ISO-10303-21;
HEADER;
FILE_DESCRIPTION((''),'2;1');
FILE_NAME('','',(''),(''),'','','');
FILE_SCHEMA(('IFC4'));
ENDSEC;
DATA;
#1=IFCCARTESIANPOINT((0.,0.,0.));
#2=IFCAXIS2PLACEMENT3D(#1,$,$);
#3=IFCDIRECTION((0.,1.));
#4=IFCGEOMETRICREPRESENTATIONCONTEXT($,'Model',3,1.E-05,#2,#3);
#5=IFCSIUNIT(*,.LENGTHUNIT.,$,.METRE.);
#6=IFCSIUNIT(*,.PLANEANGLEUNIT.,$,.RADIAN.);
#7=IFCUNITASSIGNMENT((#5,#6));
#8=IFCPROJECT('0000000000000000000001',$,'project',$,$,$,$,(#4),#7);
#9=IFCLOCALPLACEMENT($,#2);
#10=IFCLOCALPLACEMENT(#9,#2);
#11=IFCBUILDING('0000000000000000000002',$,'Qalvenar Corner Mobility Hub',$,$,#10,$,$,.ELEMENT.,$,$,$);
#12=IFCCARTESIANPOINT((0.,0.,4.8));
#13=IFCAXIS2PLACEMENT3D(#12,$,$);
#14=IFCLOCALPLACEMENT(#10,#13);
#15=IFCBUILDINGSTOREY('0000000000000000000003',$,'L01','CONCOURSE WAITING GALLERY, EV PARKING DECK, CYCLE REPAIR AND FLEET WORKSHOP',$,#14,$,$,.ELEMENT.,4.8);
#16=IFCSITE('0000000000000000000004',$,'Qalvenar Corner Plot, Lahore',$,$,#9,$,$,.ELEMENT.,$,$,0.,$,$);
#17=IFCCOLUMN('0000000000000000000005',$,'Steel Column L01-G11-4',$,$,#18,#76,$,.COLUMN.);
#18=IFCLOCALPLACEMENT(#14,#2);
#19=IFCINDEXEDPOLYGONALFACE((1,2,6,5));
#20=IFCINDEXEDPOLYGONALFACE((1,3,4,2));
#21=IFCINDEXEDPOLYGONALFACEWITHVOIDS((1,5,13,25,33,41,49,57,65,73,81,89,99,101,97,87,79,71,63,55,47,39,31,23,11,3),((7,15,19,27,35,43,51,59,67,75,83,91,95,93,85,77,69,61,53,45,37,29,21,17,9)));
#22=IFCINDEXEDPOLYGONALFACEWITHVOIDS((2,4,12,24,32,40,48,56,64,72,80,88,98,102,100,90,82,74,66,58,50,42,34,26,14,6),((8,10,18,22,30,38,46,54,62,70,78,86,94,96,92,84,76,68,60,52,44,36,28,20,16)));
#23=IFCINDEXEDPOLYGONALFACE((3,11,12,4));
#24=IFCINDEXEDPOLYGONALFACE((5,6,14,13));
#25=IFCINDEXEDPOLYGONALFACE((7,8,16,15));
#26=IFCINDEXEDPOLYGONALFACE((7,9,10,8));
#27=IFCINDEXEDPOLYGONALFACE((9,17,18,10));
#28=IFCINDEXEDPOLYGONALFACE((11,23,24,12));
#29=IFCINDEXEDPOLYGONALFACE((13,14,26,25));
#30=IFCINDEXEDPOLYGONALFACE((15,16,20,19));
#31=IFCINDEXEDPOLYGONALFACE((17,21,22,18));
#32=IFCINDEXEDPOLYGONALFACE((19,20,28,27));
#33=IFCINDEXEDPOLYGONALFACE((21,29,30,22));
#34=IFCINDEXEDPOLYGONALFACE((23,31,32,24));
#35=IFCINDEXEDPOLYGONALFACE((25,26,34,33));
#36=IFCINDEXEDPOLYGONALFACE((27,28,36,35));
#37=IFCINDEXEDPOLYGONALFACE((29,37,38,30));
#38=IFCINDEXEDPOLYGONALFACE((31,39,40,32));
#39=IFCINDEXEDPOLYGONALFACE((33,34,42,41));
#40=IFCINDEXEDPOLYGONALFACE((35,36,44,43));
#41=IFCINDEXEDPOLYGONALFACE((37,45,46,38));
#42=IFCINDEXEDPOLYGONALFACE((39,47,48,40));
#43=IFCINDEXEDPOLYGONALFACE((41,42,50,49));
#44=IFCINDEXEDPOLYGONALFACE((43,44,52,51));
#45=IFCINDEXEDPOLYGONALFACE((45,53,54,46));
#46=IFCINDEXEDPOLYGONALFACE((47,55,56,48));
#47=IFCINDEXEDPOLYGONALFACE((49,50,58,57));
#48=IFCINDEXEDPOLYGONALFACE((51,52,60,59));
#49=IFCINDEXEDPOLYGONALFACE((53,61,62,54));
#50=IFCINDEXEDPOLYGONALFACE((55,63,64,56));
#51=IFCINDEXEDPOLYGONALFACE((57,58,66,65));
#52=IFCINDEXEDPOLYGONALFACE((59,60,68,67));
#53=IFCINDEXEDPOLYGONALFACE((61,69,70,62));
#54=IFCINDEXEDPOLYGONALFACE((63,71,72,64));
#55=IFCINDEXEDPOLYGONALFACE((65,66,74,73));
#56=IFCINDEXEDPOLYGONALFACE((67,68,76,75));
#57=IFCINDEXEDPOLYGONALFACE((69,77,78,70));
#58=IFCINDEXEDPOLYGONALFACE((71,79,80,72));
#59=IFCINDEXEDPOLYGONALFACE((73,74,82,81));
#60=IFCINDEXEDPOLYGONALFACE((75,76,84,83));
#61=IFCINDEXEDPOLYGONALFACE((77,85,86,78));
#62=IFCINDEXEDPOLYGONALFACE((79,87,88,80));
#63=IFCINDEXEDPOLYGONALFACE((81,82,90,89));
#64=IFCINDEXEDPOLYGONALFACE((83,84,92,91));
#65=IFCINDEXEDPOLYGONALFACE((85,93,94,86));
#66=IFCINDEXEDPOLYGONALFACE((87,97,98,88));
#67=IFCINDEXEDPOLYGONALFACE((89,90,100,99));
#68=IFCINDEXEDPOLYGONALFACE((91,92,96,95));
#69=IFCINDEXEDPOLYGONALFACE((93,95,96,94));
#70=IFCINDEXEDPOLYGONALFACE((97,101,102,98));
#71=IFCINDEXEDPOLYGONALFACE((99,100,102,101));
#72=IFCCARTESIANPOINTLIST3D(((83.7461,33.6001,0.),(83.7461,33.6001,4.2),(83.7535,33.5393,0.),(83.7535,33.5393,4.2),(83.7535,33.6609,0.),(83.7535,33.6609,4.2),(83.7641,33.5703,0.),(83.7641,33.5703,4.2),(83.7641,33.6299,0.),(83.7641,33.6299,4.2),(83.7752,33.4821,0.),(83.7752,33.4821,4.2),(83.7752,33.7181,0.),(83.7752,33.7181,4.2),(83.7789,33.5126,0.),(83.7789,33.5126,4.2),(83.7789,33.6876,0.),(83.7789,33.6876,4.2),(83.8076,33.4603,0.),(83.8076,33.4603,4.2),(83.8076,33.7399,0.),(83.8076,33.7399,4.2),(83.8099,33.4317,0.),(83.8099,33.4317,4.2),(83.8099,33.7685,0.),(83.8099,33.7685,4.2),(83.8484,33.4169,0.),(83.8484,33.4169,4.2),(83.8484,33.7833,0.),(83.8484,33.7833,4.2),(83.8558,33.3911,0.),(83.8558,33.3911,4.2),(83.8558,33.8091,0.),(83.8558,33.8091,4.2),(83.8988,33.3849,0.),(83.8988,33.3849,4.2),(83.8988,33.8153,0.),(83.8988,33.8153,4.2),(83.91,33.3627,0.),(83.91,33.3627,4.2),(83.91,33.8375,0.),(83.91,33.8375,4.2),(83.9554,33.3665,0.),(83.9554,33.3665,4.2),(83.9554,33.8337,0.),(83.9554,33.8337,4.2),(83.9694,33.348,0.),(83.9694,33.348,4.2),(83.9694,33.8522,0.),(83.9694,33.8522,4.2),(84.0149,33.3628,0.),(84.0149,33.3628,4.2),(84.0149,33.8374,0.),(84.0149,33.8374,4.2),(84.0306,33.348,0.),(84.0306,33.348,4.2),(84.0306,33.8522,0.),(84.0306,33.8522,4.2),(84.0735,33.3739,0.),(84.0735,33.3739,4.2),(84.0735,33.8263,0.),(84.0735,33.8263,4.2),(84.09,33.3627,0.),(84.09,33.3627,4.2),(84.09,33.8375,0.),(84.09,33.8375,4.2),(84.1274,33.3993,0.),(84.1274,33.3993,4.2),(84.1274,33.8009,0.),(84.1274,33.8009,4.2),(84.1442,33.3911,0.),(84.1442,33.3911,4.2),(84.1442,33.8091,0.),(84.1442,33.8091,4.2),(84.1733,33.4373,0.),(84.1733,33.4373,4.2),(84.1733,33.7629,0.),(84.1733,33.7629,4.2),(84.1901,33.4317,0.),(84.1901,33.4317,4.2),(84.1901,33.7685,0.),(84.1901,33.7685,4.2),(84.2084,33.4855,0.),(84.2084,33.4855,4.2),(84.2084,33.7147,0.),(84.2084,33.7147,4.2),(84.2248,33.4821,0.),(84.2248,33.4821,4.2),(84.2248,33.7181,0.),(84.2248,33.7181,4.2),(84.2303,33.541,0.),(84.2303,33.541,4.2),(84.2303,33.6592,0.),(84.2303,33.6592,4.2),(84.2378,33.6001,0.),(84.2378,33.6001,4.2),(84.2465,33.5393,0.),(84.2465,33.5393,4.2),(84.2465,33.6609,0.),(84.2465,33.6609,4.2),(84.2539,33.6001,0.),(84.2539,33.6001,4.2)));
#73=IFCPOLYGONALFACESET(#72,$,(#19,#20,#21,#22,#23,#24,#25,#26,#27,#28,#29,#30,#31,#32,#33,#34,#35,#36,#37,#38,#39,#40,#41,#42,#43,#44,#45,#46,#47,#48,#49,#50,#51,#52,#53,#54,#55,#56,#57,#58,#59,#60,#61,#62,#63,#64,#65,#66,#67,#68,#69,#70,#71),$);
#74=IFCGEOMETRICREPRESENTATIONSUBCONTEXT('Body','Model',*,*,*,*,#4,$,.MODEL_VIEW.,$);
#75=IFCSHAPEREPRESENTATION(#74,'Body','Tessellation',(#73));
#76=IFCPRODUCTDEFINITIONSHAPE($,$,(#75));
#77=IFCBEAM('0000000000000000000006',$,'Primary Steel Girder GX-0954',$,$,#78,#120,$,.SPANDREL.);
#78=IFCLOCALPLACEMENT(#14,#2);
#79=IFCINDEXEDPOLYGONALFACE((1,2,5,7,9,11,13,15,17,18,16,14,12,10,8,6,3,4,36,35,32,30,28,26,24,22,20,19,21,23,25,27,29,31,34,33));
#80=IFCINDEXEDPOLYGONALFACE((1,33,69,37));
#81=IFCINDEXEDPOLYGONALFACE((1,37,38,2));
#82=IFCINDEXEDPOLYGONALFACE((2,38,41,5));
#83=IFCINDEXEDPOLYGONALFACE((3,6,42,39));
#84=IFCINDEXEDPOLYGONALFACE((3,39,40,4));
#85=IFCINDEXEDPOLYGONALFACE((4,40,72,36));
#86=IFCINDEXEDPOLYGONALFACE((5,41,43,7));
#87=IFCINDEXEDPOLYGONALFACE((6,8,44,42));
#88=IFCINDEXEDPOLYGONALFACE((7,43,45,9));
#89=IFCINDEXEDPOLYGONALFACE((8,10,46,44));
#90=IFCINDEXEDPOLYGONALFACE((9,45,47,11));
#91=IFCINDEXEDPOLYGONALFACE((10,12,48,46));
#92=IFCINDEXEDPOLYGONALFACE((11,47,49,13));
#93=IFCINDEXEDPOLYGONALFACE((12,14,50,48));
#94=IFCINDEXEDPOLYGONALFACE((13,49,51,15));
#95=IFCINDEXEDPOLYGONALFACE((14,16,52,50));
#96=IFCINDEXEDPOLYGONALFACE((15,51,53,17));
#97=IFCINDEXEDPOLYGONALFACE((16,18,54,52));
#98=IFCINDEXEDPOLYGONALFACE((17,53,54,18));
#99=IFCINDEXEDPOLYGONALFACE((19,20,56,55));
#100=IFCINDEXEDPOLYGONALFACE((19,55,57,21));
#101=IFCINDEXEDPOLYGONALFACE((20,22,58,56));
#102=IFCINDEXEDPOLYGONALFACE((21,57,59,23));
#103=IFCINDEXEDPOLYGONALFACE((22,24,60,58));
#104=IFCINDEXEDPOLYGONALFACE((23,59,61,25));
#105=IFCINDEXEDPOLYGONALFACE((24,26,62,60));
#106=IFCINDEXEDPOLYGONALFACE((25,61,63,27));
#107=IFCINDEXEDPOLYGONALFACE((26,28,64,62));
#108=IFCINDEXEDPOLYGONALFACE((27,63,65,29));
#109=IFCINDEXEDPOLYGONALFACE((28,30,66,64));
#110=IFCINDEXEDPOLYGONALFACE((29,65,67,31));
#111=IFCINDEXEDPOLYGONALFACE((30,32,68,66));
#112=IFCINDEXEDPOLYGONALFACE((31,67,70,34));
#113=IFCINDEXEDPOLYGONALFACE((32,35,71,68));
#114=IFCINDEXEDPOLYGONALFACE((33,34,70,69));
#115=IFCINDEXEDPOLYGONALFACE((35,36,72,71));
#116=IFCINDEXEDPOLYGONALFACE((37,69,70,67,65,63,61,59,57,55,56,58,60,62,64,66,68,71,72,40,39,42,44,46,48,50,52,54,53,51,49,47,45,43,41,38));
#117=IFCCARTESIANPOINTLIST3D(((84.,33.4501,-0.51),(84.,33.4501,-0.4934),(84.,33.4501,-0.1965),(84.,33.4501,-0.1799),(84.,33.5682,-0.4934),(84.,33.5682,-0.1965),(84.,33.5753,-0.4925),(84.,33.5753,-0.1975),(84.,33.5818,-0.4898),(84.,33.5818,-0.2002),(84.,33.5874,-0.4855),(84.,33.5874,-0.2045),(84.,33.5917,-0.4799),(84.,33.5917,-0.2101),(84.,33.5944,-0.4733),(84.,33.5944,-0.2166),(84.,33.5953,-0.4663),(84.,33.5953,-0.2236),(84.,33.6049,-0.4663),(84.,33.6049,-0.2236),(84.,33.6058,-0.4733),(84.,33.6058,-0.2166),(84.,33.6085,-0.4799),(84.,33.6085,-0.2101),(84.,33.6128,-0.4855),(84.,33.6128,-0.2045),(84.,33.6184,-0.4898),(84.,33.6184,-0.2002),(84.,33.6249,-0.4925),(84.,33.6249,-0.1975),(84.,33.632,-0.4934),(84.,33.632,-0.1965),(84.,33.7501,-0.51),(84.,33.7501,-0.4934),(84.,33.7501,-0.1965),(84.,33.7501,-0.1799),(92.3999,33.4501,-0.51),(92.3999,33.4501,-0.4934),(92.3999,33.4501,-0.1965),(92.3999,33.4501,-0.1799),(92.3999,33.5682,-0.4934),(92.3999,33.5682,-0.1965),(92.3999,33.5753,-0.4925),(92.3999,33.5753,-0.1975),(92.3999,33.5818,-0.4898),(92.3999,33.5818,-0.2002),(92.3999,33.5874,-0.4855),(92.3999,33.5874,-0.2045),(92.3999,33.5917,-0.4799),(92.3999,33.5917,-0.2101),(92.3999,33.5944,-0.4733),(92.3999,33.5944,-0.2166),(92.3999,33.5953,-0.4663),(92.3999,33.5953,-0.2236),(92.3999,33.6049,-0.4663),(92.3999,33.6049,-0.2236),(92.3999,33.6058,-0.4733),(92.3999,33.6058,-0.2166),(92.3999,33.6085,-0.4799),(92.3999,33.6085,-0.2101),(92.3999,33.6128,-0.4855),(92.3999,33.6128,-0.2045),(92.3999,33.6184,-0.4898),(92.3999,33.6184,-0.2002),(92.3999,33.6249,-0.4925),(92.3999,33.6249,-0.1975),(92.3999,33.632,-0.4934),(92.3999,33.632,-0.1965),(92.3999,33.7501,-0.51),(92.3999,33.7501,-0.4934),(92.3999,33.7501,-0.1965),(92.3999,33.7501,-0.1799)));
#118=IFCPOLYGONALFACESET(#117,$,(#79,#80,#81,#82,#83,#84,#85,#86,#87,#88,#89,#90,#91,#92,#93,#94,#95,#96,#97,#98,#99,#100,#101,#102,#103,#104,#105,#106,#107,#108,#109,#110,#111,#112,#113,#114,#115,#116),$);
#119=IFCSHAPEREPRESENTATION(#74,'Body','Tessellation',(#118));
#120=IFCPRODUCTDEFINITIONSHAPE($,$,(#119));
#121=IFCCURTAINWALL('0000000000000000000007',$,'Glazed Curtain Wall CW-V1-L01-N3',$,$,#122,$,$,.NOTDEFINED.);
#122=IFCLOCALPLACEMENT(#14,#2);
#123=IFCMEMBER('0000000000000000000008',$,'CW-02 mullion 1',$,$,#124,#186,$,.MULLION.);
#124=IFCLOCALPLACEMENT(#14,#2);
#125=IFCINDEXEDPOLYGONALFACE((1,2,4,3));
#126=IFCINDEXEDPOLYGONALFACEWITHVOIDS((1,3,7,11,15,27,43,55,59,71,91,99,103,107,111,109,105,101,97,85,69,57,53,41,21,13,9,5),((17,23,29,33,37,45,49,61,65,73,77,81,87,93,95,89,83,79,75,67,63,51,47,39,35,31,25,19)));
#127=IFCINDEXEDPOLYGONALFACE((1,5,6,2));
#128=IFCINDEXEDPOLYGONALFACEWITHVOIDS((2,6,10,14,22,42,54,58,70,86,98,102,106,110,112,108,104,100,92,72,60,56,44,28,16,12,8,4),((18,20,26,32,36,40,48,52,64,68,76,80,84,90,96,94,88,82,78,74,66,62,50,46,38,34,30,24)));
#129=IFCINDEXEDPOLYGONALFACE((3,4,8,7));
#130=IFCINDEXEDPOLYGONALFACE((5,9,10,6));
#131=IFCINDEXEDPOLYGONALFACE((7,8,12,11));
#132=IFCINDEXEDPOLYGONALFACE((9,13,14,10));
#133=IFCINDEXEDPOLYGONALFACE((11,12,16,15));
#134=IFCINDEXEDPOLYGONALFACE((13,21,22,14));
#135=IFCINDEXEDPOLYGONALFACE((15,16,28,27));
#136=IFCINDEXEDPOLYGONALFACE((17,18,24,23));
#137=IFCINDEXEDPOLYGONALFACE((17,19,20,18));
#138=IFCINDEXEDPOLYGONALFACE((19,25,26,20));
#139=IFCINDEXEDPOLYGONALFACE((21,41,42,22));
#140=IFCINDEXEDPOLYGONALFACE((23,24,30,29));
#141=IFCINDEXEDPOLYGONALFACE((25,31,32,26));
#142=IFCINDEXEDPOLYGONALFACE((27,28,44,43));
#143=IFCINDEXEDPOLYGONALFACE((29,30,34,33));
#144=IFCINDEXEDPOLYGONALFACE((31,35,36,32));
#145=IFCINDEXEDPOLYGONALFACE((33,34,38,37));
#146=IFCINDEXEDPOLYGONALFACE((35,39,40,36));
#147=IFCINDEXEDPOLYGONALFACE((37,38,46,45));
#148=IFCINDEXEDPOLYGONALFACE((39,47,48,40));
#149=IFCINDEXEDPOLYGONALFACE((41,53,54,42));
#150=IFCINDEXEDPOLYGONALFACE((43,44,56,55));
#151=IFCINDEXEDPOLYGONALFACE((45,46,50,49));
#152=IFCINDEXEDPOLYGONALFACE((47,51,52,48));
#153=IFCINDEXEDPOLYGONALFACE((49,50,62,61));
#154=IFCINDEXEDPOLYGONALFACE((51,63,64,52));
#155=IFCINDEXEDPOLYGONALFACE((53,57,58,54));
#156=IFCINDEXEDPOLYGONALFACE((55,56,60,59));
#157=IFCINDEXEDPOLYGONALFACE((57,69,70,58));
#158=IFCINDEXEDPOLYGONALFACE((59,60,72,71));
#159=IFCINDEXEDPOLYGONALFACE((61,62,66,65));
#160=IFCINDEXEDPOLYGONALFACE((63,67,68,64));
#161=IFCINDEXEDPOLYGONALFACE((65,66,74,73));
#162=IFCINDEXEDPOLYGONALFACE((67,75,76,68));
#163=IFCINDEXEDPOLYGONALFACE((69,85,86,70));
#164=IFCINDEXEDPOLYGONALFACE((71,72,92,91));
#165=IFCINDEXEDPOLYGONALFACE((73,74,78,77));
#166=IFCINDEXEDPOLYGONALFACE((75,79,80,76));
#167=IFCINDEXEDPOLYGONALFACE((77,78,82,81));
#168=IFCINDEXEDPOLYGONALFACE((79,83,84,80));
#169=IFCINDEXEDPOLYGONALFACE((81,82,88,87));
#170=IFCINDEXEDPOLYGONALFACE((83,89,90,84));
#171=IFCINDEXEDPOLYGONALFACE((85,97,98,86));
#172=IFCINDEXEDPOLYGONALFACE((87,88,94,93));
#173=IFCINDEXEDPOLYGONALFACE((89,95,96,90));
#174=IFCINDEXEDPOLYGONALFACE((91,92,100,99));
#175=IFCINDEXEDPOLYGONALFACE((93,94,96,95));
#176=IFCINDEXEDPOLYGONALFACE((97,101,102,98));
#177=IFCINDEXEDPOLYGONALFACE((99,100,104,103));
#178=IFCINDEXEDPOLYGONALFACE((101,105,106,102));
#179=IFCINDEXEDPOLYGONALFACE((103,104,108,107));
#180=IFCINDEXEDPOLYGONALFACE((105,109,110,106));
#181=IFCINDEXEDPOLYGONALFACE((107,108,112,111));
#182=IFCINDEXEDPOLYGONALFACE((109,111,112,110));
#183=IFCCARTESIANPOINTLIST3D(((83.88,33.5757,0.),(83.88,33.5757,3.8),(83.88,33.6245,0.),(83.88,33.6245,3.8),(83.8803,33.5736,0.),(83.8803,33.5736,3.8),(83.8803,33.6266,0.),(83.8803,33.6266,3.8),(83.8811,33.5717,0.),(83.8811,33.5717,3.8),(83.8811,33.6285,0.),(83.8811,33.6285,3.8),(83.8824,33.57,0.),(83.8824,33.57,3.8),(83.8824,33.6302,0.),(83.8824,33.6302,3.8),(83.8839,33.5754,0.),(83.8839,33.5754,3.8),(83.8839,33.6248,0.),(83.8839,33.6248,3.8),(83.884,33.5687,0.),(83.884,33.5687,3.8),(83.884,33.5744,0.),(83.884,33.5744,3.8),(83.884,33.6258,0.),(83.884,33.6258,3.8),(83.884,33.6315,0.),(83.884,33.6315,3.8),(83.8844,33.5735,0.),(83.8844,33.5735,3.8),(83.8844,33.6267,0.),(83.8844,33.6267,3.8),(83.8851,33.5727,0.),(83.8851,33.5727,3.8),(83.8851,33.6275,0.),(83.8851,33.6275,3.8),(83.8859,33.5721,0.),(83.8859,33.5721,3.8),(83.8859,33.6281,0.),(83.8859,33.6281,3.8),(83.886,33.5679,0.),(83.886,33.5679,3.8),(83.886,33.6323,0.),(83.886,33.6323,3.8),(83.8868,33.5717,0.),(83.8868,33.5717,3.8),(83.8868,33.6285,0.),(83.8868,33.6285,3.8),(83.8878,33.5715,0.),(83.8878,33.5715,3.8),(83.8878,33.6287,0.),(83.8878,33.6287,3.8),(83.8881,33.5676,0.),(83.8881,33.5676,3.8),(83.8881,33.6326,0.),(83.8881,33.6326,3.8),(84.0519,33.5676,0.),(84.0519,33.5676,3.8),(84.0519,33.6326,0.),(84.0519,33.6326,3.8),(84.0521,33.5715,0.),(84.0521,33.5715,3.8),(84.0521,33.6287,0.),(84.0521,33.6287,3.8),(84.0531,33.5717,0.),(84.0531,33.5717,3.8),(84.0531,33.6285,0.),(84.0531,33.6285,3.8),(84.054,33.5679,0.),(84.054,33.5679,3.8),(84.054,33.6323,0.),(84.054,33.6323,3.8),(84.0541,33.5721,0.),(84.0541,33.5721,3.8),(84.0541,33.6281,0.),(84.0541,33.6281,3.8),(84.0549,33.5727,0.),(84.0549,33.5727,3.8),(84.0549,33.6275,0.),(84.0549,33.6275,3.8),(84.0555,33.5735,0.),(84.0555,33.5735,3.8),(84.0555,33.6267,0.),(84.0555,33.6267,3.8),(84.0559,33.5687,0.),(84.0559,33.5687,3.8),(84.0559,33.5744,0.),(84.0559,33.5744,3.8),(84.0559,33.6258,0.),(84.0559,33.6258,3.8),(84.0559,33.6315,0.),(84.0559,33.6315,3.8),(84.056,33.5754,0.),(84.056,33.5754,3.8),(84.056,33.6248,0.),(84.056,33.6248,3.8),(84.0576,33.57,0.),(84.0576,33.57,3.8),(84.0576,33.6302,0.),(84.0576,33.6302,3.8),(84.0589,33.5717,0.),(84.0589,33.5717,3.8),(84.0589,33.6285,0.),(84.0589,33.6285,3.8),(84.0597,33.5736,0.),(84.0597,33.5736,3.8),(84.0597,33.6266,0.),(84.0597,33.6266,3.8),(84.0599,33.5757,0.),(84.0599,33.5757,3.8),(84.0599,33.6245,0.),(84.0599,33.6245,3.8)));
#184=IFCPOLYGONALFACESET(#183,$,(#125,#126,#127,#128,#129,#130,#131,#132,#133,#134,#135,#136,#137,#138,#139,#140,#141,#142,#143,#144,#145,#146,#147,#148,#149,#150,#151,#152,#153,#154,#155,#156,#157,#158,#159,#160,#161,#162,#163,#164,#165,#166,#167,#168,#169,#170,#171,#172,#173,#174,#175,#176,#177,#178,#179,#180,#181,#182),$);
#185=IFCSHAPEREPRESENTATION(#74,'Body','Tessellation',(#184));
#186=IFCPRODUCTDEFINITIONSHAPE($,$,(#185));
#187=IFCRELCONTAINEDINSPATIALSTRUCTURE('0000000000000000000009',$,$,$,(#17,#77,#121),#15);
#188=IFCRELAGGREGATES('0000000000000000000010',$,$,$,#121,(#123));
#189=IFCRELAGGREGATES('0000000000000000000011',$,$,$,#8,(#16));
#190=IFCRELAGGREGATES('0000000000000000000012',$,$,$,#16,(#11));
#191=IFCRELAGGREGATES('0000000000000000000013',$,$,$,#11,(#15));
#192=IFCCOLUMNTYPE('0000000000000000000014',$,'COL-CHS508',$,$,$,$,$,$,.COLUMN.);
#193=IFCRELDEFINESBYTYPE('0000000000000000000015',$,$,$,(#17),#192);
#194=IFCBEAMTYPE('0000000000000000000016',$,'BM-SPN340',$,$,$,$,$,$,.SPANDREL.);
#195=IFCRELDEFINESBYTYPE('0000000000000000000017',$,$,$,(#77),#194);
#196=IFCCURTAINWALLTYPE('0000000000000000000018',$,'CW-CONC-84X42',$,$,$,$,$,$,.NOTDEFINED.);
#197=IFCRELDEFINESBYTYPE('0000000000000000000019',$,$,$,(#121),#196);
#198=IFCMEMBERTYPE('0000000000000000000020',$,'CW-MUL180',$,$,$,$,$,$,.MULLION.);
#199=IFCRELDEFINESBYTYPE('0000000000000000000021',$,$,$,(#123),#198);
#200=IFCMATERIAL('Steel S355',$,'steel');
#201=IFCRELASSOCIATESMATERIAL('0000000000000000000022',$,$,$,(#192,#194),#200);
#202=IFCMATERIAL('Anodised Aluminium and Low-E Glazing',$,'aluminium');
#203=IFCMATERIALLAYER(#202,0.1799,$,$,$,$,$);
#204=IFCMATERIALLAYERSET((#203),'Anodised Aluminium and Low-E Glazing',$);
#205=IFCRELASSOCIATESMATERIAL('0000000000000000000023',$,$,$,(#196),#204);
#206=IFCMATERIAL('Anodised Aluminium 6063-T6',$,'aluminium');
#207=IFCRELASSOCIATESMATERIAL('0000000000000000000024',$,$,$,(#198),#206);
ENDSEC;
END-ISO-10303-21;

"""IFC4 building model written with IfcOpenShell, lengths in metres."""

from ifc_helpers import new_model, si_unit, direction, frame, origin, origin_2d, place, context, subcontext, project, spatial, hollow_rectangle, hollow_circle, i_section, extrude, material, layer, layer_set, material_profile, profile_set, type_object, element, aggregate, save


model = new_model("IFC4")

# Units and contexts
model_context = context("Model", 3, precision=1e-05, world=origin(), true_north=direction((0.0, 1.0)))
body_context = subcontext(model_context, "Body", "Model", "MODEL_VIEW")
ifc_project = project(units=[si_unit("LENGTHUNIT", "METRE"), si_unit("PLANEANGLEUNIT", "RADIAN")], contexts=[model_context])

# Site, building, storey
site_placement = place(None, origin())
site = spatial("IfcSite", under=ifc_project, at=site_placement, Name="Qalvenar Corner Plot, Lahore", CompositionType="ELEMENT", RefElevation=0.0)
building_placement = place(site_placement, origin())
building = spatial("IfcBuilding", under=site, at=building_placement, Name="Qalvenar Corner Mobility Hub", CompositionType="ELEMENT")
storey_placement = place(building_placement, frame((0.0, 0.0, 4.8)))
storey = spatial("IfcBuildingStorey", under=building, at=storey_placement, Name="L01", Description="CONCOURSE WAITING GALLERY, EV PARKING DECK, CYCLE REPAIR AND FLEET WORKSHOP", CompositionType="ELEMENT", Elevation=4.8)

# Column
ifc_material_1 = material(Name="Steel S355", Category="steel")
ifc_material_profile_1 = material_profile(ifc_material_1, hollow_circle(Radius=0.2539, WallThickness=0.0161, at=origin_2d()), Name="CHS508x16")
ifc_profile_set_1 = profile_set([ifc_material_profile_1], Name="Steel S355")
column_type = type_object("IfcColumnType", Name="COL-CHS508", PredefinedType="COLUMN", material=ifc_profile_set_1)
column_placement = place(storey_placement, frame((84.0, 33.6001, 0.0), z_axis=(0.0, 0.0, 1.0), x_axis=(1.0, 0.0, 0.0)))
element("IfcColumn", 1, at=column_placement, inside=storey, type_object=column_type, Name="Steel Column L01-G11-4", PredefinedType="COLUMN", context=body_context, shape_type="SweptSolid", body=[
    extrude(hollow_circle(Radius=0.2539, WallThickness=0.0161, at=origin_2d()), origin(), (0.0, 0.0, 1.0), 4.2),
])

# Beam
ifc_material_profile_2 = material_profile(ifc_material_1, i_section(OverallWidth=0.3, OverallDepth=0.3301, WebThickness=0.0095, FlangeThickness=0.0166, FilletRadius=0.0271, at=origin_2d()), Name="HEA340")
ifc_profile_set_2 = profile_set([ifc_material_profile_2], Name="Steel S355")
beam_type = type_object("IfcBeamType", Name="BM-SPN340", PredefinedType="SPANDREL", material=ifc_profile_set_2)
beam_placement = place(storey_placement, frame((84.0, 33.6001, -0.345), z_axis=(1.0, 0.0, 0.0), x_axis=(0.0, 1.0, 0.0)))
element("IfcBeam", 2, at=beam_placement, inside=storey, type_object=beam_type, Name="Primary Steel Girder GX-0954", PredefinedType="SPANDREL", context=body_context, shape_type="SweptSolid", body=[
    extrude(i_section(OverallWidth=0.3, OverallDepth=0.3301, WebThickness=0.0095, FlangeThickness=0.0166, FilletRadius=0.0271, at=origin_2d()), origin(), (0.0, 0.0, 1.0), 8.3999),
])

# Curtain wall, member
ifc_material_2 = material(Name="Anodised Aluminium and Low-E Glazing", Category="aluminium")
ifc_layer_1 = layer(ifc_material_2, 0.1799)
ifc_layer_set_1 = layer_set([ifc_layer_1], Name="Anodised Aluminium and Low-E Glazing")
curtain_wall_type = type_object("IfcCurtainWallType", Name="CW-CONC-84X42", PredefinedType="NOTDEFINED", material=ifc_layer_set_1)
curtain_wall_1_placement = place(storey_placement, origin())
curtain_wall_1 = element("IfcCurtainWall", 3, at=curtain_wall_1_placement, inside=storey, type_object=curtain_wall_type, Name="Glazed Curtain Wall CW-V1-L01-N3", PredefinedType="NOTDEFINED")
ifc_material_3 = material(Name="Anodised Aluminium 6063-T6", Category="aluminium")
ifc_material_profile_3 = material_profile(ifc_material_3, hollow_rectangle(XDim=0.0649, YDim=0.1799, WallThickness=0.0039, InnerFilletRadius=0.0039, OuterFilletRadius=0.0081, at=origin_2d()), Name="RHS180x65x4")
ifc_profile_set_3 = profile_set([ifc_material_profile_3], Name="Anodised Aluminium 6063-T6")
member_type_1 = type_object("IfcMemberType", Name="CW-MUL180", PredefinedType="MULLION", material=ifc_profile_set_3)
member_1_placement = place(storey_placement, frame((83.97, 33.6001, 0.0), z_axis=(0.0, 0.0, 1.0), x_axis=(0.0, -1.0, 0.0)))
member_1 = element("IfcMember", 4, at=member_1_placement, type_object=member_type_1, Name="CW-02 mullion 1", PredefinedType="MULLION", context=body_context, shape_type="SweptSolid", body=[
    extrude(hollow_rectangle(XDim=0.0649, YDim=0.1799, WallThickness=0.0039, InnerFilletRadius=0.0039, OuterFilletRadius=0.0081, at=origin_2d()), origin(), (0.0, 0.0, 1.0), 3.8),
])

aggregate(curtain_wall_1, [member_1])

save(model, "model.ifc")
